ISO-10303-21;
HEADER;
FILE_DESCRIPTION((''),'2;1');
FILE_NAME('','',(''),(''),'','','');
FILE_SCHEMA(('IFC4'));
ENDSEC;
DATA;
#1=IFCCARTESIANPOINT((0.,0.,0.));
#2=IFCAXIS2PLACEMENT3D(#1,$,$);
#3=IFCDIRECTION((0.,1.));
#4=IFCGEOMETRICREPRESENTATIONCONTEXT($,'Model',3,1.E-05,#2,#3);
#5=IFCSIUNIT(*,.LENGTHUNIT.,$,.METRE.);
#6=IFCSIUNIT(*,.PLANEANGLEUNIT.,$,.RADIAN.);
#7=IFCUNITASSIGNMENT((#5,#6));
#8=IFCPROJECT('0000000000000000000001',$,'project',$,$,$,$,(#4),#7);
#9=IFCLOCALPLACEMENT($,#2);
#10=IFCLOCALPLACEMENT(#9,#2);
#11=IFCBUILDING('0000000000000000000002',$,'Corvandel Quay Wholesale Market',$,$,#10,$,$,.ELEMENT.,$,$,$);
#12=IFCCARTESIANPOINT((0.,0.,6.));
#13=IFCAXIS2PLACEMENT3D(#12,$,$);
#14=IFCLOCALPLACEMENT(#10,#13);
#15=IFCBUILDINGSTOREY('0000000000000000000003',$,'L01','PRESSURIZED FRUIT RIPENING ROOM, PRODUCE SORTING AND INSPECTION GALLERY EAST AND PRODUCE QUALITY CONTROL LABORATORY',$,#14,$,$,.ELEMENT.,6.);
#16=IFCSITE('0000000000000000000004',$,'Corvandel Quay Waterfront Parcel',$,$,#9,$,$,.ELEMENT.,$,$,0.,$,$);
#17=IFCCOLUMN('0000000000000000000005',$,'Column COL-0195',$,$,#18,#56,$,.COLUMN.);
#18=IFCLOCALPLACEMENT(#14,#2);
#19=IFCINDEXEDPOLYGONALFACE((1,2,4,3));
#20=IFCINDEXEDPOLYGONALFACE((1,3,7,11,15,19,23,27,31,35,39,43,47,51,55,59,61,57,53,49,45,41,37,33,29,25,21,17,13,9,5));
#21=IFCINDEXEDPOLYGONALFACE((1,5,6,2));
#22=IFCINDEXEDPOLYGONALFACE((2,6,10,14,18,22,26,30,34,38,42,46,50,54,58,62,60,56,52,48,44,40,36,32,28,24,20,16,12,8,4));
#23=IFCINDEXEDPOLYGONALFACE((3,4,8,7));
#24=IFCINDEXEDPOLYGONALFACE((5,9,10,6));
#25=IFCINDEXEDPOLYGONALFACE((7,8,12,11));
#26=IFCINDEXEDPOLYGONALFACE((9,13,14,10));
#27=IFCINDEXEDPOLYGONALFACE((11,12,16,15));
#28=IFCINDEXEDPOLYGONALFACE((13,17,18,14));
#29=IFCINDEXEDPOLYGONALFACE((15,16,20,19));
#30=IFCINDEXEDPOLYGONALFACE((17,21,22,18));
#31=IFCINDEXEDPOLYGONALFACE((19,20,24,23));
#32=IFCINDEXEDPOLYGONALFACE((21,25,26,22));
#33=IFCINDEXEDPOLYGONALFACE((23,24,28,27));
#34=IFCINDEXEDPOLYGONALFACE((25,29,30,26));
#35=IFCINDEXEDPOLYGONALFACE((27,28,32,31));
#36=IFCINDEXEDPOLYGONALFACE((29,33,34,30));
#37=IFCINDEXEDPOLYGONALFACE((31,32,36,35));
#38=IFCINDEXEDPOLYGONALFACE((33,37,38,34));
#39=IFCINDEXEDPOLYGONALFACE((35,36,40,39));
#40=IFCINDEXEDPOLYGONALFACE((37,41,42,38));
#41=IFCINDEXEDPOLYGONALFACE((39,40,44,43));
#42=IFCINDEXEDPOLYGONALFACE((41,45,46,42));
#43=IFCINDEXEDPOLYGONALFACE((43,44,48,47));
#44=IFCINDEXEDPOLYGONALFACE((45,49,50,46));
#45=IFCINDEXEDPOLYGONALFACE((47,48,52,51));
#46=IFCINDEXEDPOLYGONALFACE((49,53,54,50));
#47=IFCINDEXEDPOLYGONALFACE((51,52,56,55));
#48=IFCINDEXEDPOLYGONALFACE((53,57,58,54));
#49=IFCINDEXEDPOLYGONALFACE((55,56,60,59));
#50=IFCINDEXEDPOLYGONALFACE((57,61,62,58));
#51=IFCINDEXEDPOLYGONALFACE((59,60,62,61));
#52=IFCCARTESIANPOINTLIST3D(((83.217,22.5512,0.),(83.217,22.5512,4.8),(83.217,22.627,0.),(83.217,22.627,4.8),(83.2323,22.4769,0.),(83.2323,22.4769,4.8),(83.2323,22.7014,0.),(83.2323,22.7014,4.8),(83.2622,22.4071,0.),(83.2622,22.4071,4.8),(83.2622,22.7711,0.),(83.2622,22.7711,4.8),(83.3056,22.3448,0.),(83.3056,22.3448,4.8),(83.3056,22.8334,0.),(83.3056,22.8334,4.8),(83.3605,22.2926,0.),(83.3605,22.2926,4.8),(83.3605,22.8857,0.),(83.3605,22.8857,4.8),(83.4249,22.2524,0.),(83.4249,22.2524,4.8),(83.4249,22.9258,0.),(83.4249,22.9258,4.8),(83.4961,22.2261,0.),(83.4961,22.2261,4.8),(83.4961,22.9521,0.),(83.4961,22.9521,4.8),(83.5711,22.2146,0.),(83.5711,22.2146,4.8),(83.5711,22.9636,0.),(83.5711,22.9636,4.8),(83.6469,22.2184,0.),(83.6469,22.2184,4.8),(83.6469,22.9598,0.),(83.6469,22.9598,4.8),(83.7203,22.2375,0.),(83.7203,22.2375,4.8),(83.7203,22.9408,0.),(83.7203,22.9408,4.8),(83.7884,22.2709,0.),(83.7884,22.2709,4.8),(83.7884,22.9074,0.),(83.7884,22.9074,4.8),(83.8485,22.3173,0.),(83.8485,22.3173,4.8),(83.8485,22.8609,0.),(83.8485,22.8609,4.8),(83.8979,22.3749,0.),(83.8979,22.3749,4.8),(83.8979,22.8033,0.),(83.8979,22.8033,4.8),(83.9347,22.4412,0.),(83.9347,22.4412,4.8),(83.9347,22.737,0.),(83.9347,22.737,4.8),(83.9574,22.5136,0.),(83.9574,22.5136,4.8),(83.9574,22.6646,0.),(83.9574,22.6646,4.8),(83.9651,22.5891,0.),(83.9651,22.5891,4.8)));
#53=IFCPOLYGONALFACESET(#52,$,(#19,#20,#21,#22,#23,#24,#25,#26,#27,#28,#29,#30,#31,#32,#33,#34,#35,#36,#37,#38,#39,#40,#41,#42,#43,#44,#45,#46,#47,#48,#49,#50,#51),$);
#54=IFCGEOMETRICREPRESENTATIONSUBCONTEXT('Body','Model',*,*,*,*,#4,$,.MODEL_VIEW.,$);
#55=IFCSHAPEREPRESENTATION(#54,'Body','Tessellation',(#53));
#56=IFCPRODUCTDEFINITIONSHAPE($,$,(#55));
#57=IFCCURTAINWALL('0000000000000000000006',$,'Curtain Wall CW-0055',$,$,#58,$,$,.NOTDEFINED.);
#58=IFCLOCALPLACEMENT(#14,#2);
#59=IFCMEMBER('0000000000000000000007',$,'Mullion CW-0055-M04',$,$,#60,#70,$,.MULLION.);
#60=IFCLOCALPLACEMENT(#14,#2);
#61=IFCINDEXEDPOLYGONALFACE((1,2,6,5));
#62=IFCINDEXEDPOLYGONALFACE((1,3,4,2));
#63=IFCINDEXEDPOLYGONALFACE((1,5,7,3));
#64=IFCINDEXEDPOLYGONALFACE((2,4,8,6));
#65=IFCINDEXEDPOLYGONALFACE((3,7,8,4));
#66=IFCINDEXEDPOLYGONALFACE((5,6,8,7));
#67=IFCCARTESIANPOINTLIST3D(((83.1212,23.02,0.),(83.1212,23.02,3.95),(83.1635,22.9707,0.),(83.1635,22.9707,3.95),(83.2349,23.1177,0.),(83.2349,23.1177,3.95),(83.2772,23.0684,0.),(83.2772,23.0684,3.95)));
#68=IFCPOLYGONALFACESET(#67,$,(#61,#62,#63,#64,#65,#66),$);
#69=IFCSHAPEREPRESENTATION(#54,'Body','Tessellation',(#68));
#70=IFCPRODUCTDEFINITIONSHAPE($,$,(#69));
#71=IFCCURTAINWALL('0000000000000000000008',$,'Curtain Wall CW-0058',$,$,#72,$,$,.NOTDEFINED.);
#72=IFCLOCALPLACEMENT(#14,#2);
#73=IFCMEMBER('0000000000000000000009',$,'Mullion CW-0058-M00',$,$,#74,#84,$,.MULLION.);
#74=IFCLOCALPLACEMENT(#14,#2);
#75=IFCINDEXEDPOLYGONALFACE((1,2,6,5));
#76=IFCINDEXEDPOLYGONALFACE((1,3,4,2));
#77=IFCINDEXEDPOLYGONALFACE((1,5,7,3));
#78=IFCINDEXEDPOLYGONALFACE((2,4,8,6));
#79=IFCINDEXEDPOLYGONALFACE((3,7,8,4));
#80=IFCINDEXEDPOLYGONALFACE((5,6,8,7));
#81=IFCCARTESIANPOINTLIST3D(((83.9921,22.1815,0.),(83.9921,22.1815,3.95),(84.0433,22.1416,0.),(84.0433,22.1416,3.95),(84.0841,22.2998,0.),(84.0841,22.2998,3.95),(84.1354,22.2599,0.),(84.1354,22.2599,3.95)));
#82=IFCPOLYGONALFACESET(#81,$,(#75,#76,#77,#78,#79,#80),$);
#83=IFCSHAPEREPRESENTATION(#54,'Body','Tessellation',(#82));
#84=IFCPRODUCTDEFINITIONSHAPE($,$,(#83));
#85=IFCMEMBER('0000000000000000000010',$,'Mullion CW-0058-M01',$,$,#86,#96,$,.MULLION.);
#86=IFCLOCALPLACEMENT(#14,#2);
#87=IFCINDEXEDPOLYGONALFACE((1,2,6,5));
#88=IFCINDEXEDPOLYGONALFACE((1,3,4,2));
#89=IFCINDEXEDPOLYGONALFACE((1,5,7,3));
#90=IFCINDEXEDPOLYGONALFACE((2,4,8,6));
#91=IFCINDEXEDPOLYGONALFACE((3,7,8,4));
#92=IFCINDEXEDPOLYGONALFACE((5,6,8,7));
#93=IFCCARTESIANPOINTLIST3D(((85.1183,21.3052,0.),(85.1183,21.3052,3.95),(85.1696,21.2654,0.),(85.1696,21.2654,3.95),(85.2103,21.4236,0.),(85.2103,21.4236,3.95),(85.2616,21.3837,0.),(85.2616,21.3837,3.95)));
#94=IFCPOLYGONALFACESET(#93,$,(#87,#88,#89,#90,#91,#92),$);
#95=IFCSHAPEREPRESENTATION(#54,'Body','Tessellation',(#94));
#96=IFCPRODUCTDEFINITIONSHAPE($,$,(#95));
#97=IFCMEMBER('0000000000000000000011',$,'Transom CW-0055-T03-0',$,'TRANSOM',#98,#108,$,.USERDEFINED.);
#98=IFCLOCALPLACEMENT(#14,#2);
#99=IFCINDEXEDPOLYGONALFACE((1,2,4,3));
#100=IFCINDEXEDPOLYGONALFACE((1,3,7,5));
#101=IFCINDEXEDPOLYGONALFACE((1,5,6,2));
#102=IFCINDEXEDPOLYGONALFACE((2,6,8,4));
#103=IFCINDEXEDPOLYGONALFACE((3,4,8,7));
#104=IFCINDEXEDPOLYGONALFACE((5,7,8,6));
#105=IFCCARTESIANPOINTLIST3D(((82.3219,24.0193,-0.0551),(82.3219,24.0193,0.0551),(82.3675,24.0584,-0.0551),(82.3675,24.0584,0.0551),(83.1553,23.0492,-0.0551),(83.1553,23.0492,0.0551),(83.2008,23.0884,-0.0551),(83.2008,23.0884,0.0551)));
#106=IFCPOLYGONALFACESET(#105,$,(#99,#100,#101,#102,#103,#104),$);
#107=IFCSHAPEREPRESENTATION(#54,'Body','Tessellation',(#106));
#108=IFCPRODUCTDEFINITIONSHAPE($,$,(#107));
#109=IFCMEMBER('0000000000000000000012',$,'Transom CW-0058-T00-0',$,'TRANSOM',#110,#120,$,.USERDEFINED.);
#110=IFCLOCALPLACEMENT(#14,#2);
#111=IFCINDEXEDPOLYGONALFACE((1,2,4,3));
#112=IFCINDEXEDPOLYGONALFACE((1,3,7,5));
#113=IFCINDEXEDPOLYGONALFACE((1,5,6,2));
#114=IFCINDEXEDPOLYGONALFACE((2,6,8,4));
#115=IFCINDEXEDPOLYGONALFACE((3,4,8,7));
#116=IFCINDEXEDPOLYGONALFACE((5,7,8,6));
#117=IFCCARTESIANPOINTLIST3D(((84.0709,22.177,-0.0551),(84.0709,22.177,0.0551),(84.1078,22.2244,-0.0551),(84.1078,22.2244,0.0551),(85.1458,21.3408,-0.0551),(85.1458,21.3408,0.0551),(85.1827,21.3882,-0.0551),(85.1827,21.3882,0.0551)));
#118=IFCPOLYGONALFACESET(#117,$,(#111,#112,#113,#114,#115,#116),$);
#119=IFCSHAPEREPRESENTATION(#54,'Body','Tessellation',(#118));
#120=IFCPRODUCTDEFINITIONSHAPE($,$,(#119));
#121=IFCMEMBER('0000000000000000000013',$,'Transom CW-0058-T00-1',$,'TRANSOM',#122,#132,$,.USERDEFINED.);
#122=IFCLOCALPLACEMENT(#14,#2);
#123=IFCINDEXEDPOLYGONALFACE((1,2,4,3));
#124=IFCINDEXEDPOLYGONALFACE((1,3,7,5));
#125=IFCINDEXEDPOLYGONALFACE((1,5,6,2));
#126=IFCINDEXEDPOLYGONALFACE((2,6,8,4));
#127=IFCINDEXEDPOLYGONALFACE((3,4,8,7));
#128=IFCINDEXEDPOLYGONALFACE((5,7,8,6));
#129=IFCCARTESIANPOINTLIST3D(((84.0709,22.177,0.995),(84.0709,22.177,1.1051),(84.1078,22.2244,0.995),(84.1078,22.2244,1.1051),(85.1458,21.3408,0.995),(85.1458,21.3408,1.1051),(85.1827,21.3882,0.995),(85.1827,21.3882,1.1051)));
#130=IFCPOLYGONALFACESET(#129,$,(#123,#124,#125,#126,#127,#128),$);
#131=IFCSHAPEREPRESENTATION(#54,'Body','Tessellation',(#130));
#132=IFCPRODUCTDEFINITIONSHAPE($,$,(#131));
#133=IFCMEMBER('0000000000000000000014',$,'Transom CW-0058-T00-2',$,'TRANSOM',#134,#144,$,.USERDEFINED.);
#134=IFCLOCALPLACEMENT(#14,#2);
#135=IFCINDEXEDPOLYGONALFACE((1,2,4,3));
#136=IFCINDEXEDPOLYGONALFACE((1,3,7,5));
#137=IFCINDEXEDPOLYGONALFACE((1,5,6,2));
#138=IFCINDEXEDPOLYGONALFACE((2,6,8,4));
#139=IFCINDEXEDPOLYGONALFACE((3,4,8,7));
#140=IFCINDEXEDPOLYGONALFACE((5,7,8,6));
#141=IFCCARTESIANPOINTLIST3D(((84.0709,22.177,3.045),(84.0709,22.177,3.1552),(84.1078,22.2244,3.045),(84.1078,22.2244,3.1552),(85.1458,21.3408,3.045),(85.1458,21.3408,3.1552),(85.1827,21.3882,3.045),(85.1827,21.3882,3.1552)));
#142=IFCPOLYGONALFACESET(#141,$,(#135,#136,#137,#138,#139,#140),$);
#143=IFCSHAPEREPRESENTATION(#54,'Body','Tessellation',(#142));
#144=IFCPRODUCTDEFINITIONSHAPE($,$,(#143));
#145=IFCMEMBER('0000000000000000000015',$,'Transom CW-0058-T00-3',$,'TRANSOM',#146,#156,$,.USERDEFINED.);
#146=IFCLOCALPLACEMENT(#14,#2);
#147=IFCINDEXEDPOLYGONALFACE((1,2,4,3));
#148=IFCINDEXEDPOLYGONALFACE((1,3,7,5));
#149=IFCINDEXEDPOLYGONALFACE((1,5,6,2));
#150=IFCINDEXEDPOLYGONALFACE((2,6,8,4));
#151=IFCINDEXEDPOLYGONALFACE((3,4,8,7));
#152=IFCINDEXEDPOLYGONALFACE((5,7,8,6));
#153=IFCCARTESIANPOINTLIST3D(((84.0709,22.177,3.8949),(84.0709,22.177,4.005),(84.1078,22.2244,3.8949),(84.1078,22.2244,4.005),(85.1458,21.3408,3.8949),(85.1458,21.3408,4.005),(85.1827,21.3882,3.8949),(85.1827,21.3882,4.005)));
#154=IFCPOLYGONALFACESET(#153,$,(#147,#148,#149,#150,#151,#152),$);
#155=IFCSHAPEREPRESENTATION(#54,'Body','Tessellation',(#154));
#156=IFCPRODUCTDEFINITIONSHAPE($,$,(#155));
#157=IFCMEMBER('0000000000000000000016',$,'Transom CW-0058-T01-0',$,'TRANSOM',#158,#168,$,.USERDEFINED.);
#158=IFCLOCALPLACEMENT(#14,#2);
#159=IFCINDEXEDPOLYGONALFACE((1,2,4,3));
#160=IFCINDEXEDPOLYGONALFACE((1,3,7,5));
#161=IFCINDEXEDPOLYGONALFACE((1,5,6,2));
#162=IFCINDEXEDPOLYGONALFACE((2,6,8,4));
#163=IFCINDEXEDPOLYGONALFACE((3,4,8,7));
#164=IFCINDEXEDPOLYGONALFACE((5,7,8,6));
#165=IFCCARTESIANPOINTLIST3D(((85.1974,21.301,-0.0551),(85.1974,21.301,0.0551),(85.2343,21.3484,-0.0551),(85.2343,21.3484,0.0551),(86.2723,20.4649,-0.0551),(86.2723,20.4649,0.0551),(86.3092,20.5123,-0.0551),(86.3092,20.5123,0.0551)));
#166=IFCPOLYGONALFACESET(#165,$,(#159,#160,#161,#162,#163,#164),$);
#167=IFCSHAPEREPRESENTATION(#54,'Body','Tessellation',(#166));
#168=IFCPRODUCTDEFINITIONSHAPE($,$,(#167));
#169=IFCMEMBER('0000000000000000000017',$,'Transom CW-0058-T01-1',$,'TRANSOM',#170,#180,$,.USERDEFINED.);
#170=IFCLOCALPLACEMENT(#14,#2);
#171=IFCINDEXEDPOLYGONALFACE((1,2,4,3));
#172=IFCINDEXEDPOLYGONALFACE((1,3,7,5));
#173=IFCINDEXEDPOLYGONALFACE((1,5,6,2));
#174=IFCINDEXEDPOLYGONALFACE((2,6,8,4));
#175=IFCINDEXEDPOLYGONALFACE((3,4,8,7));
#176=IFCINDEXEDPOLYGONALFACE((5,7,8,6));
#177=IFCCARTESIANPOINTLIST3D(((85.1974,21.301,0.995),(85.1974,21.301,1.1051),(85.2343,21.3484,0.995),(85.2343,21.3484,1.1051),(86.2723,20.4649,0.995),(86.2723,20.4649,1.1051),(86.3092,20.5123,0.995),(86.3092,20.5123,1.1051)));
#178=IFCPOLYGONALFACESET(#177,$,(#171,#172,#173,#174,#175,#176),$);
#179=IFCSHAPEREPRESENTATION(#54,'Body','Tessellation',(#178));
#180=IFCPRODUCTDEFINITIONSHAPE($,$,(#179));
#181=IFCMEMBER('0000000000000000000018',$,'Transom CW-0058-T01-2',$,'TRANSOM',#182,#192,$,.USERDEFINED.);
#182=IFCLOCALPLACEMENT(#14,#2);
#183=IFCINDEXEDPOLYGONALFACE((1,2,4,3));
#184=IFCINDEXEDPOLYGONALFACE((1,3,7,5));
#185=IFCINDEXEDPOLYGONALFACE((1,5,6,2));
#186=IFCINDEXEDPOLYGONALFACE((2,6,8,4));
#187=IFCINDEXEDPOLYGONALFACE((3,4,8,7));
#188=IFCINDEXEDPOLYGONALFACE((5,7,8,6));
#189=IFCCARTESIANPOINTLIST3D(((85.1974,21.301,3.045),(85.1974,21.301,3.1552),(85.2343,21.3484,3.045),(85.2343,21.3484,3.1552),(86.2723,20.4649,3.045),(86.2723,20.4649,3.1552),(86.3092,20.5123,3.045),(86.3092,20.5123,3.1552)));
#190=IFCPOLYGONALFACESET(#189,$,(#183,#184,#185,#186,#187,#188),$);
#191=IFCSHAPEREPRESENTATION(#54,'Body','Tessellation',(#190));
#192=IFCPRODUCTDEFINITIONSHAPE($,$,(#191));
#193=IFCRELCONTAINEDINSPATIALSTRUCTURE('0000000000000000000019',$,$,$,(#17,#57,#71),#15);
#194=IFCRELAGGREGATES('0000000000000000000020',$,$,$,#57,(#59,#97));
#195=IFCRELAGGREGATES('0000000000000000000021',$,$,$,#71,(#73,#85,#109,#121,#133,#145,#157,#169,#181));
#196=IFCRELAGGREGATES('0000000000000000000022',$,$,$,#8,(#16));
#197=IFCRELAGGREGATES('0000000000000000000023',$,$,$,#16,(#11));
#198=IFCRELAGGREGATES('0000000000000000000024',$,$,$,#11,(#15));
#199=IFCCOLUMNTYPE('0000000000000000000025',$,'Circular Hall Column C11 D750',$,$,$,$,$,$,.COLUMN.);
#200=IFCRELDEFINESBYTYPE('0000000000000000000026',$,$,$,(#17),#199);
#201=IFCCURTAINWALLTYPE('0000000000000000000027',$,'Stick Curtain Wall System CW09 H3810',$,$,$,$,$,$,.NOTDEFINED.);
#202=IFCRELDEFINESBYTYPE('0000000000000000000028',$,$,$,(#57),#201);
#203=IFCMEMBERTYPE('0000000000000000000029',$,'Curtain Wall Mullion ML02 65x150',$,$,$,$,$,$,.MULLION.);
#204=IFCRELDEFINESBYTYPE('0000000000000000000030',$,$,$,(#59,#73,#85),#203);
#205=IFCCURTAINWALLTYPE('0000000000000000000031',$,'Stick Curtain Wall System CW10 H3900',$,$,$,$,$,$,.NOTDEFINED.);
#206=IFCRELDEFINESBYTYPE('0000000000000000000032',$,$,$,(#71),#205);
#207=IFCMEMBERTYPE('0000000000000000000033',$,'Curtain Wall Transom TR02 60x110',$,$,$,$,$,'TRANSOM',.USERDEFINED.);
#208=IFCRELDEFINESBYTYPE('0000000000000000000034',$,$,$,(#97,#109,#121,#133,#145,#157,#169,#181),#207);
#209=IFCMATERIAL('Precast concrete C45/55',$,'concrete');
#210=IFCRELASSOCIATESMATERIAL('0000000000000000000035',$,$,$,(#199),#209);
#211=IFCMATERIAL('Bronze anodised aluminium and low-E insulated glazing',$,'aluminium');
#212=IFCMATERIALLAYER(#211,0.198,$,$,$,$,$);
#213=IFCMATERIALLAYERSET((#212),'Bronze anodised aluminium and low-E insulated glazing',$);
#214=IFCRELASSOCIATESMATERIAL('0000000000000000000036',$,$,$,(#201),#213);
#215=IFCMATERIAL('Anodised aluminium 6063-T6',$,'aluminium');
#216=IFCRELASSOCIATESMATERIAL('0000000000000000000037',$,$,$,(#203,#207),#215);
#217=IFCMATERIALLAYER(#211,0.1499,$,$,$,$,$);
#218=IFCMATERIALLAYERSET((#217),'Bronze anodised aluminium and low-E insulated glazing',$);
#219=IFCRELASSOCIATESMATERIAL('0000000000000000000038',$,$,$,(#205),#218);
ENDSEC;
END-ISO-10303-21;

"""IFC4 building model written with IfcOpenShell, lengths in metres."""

from ifc_helpers import new_model, si_unit, direction, frame, origin, origin_2d, place, context, subcontext, project, spatial, rectangle, circle, extrude, material, layer, layer_set, material_profile, profile_set, type_object, element, aggregate, save


model = new_model("IFC4")

# Units and contexts
model_context = context("Model", 3, precision=1e-05, world=origin(), true_north=direction((0.0, 1.0)))
body_context = subcontext(model_context, "Body", "Model", "MODEL_VIEW")
ifc_project = project(units=[si_unit("LENGTHUNIT", "METRE"), si_unit("PLANEANGLEUNIT", "RADIAN")], contexts=[model_context])

# Site, building, storey
site_placement = place(None, origin())
site = spatial("IfcSite", under=ifc_project, at=site_placement, Name="Corvandel Quay Waterfront Parcel", CompositionType="ELEMENT", RefElevation=0.0)
building_placement = place(site_placement, origin())
building = spatial("IfcBuilding", under=site, at=building_placement, Name="Corvandel Quay Wholesale Market", CompositionType="ELEMENT")
storey_placement = place(building_placement, frame((0.0, 0.0, 6.0)))
storey = spatial("IfcBuildingStorey", under=building, at=storey_placement, Name="L01", Description="PRESSURIZED FRUIT RIPENING ROOM, PRODUCE SORTING AND INSPECTION GALLERY EAST AND PRODUCE QUALITY CONTROL LABORATORY", CompositionType="ELEMENT", Elevation=6.0)

# Column
ifc_material_1 = material(Name="Precast concrete C45/55", Category="concrete")
ifc_material_profile_1 = material_profile(ifc_material_1, circle(Radius=0.375, at=origin_2d()), Name="PC-COL-D750")
ifc_profile_set_1 = profile_set([ifc_material_profile_1], Name="Precast concrete C45/55")
column_type = type_object("IfcColumnType", Name="Circular Hall Column C11 D750", PredefinedType="COLUMN", material=ifc_profile_set_1)
column_placement = place(storey_placement, frame((83.5901, 22.5891, 0.0), z_axis=(0.0, 0.0, 1.0), x_axis=(1.0, 0.0, 0.0)))
element("IfcColumn", 1, at=column_placement, inside=storey, type_object=column_type, Name="Column COL-0195", PredefinedType="COLUMN", context=body_context, shape_type="SweptSolid", body=[
    extrude(circle(Radius=0.375, at=origin_2d()), origin(), (0.0, 0.0, 1.0), 4.8),
])

# Curtain wall, member
ifc_material_2 = material(Name="Bronze anodised aluminium and low-E insulated glazing", Category="aluminium")
ifc_layer_1 = layer(ifc_material_2, 0.198)
ifc_layer_set_1 = layer_set([ifc_layer_1], Name="Bronze anodised aluminium and low-E insulated glazing")
curtain_wall_type_1 = type_object("IfcCurtainWallType", Name="Stick Curtain Wall System CW09 H3810", PredefinedType="NOTDEFINED", material=ifc_layer_set_1)
curtain_wall_1_placement = place(storey_placement, origin())
curtain_wall_1 = element("IfcCurtainWall", 2, at=curtain_wall_1_placement, inside=storey, type_object=curtain_wall_type_1, Name="Curtain Wall CW-0055", PredefinedType="NOTDEFINED")
ifc_material_3 = material(Name="Anodised aluminium 6063-T6", Category="aluminium")
ifc_material_profile_2 = material_profile(ifc_material_3, rectangle(XDim=0.0649, YDim=0.1499, at=origin_2d()), Name="ALU-MUL-65x150")
ifc_profile_set_2 = profile_set([ifc_material_profile_2], Name="Anodised aluminium 6063-T6")
member_type_1 = type_object("IfcMemberType", Name="Curtain Wall Mullion ML02 65x150", PredefinedType="MULLION", material=ifc_profile_set_2)
member_1_placement = place(storey_placement, frame((83.1992, 23.0442, 0.0), z_axis=(0.0, 0.0, 1.0), x_axis=(-0.651569, 0.758589, 0.0)))
member_1 = element("IfcMember", 3, at=member_1_placement, type_object=member_type_1, Name="Mullion CW-0055-M04", PredefinedType="MULLION", context=body_context, shape_type="SweptSolid", body=[
    extrude(rectangle(XDim=0.0649, YDim=0.1499, at=origin_2d()), origin(), (0.0, 0.0, 1.0), 3.95),
])

# Curtain wall, members
ifc_layer_2 = layer(ifc_material_2, 0.1499)
ifc_layer_set_2 = layer_set([ifc_layer_2], Name="Bronze anodised aluminium and low-E insulated glazing")
curtain_wall_type_2 = type_object("IfcCurtainWallType", Name="Stick Curtain Wall System CW10 H3900", PredefinedType="NOTDEFINED", material=ifc_layer_set_2)
curtain_wall_2_placement = place(storey_placement, origin())
curtain_wall_2 = element("IfcCurtainWall", 4, at=curtain_wall_2_placement, inside=storey, type_object=curtain_wall_type_2, Name="Curtain Wall CW-0058", PredefinedType="NOTDEFINED")
member_2_placement = place(storey_placement, frame((84.0637, 22.2207, 0.0), z_axis=(0.0, 0.0, 1.0), x_axis=(-0.789406, 0.613872, 0.0)))
member_2 = element("IfcMember", 5, at=member_2_placement, type_object=member_type_1, Name="Mullion CW-0058-M00", PredefinedType="MULLION", context=body_context, shape_type="SweptSolid", body=[
    extrude(rectangle(XDim=0.0649, YDim=0.1499, at=origin_2d()), origin(), (0.0, 0.0, 1.0), 3.95),
])
member_3_placement = place(storey_placement, frame((85.1899, 21.3445, 0.0), z_axis=(0.0, 0.0, 1.0), x_axis=(-0.789406, 0.613872, 0.0)))
member_3 = element("IfcMember", 6, at=member_3_placement, type_object=member_type_1, Name="Mullion CW-0058-M01", PredefinedType="MULLION", context=body_context, shape_type="SweptSolid", body=[
    extrude(rectangle(XDim=0.0649, YDim=0.1499, at=origin_2d()), origin(), (0.0, 0.0, 1.0), 3.95),
])

# Members
ifc_material_profile_3 = material_profile(ifc_material_3, rectangle(XDim=0.0601, YDim=0.1101, at=origin_2d()), Name="ALU-TRN-60x110")
ifc_profile_set_3 = profile_set([ifc_material_profile_3], Name="Anodised aluminium 6063-T6")
member_type_2 = type_object("IfcMemberType", Name="Curtain Wall Transom TR02 60x110", ElementType="TRANSOM", PredefinedType="USERDEFINED", material=ifc_profile_set_3)
member_4_placement = place(storey_placement, frame((82.3447, 24.0388, 0.0), z_axis=(0.651624, -0.758542, 0.0), x_axis=(0.758542, 0.651624, 0.0)))
member_4 = element("IfcMember", 7, at=member_4_placement, type_object=member_type_2, Name="Transom CW-0055-T03-0", ObjectType="TRANSOM", PredefinedType="USERDEFINED", context=body_context, shape_type="SweptSolid", body=[
    extrude(rectangle(XDim=0.0601, YDim=0.1101, at=origin_2d()), origin(), (0.0, 0.0, 1.0), 1.2788),
])
member_5_placement = place(storey_placement, frame((84.0894, 22.2007, 0.0), z_axis=(0.789314, -0.61399, 0.0), x_axis=(0.61399, 0.789314, 0.0)))
member_5 = element("IfcMember", 8, at=member_5_placement, type_object=member_type_2, Name="Transom CW-0058-T00-0", ObjectType="TRANSOM", PredefinedType="USERDEFINED", context=body_context, shape_type="SweptSolid", body=[
    extrude(rectangle(XDim=0.0601, YDim=0.1101, at=origin_2d()), origin(), (0.0, 0.0, 1.0), 1.3618),
])
member_6_placement = place(storey_placement, frame((84.0894, 22.2007, 1.05), z_axis=(0.789314, -0.61399, 0.0), x_axis=(0.61399, 0.789314, 0.0)))
member_6 = element("IfcMember", 9, at=member_6_placement, type_object=member_type_2, Name="Transom CW-0058-T00-1", ObjectType="TRANSOM", PredefinedType="USERDEFINED", context=body_context, shape_type="SweptSolid", body=[
    extrude(rectangle(XDim=0.0601, YDim=0.1101, at=origin_2d()), origin(), (0.0, 0.0, 1.0), 1.3618),
])
member_7_placement = place(storey_placement, frame((84.0894, 22.2007, 3.1001), z_axis=(0.789314, -0.61399, 0.0), x_axis=(0.61399, 0.789314, 0.0)))
member_7 = element("IfcMember", 10, at=member_7_placement, type_object=member_type_2, Name="Transom CW-0058-T00-2", ObjectType="TRANSOM", PredefinedType="USERDEFINED", context=body_context, shape_type="SweptSolid", body=[
    extrude(rectangle(XDim=0.0601, YDim=0.1101, at=origin_2d()), origin(), (0.0, 0.0, 1.0), 1.3618),
])
member_8_placement = place(storey_placement, frame((84.0894, 22.2007, 3.95), z_axis=(0.789314, -0.61399, 0.0), x_axis=(0.61399, 0.789314, 0.0)))
member_8 = element("IfcMember", 11, at=member_8_placement, type_object=member_type_2, Name="Transom CW-0058-T00-3", ObjectType="TRANSOM", PredefinedType="USERDEFINED", context=body_context, shape_type="SweptSolid", body=[
    extrude(rectangle(XDim=0.0601, YDim=0.1101, at=origin_2d()), origin(), (0.0, 0.0, 1.0), 1.3618),
])
member_9_placement = place(storey_placement, frame((85.2158, 21.3247, 0.0), z_axis=(0.789314, -0.61399, 0.0), x_axis=(0.61399, 0.789314, 0.0)))
member_9 = element("IfcMember", 12, at=member_9_placement, type_object=member_type_2, Name="Transom CW-0058-T01-0", ObjectType="TRANSOM", PredefinedType="USERDEFINED", context=body_context, shape_type="SweptSolid", body=[
    extrude(rectangle(XDim=0.0601, YDim=0.1101, at=origin_2d()), origin(), (0.0, 0.0, 1.0), 1.3618),
])
member_10_placement = place(storey_placement, frame((85.2158, 21.3247, 1.05), z_axis=(0.789314, -0.61399, 0.0), x_axis=(0.61399, 0.789314, 0.0)))
member_10 = element("IfcMember", 13, at=member_10_placement, type_object=member_type_2, Name="Transom CW-0058-T01-1", ObjectType="TRANSOM", PredefinedType="USERDEFINED", context=body_context, shape_type="SweptSolid", body=[
    extrude(rectangle(XDim=0.0601, YDim=0.1101, at=origin_2d()), origin(), (0.0, 0.0, 1.0), 1.3618),
])
member_11_placement = place(storey_placement, frame((85.2158, 21.3247, 3.1001), z_axis=(0.789314, -0.61399, 0.0), x_axis=(0.61399, 0.789314, 0.0)))
member_11 = element("IfcMember", 14, at=member_11_placement, type_object=member_type_2, Name="Transom CW-0058-T01-2", ObjectType="TRANSOM", PredefinedType="USERDEFINED", context=body_context, shape_type="SweptSolid", body=[
    extrude(rectangle(XDim=0.0601, YDim=0.1101, at=origin_2d()), origin(), (0.0, 0.0, 1.0), 1.3618),
])

aggregate(curtain_wall_1, [member_1, member_4])
aggregate(curtain_wall_2, [member_2, member_3, member_5, member_6, member_7, member_8, member_9, member_10, member_11])

save(model, "model.ifc")
